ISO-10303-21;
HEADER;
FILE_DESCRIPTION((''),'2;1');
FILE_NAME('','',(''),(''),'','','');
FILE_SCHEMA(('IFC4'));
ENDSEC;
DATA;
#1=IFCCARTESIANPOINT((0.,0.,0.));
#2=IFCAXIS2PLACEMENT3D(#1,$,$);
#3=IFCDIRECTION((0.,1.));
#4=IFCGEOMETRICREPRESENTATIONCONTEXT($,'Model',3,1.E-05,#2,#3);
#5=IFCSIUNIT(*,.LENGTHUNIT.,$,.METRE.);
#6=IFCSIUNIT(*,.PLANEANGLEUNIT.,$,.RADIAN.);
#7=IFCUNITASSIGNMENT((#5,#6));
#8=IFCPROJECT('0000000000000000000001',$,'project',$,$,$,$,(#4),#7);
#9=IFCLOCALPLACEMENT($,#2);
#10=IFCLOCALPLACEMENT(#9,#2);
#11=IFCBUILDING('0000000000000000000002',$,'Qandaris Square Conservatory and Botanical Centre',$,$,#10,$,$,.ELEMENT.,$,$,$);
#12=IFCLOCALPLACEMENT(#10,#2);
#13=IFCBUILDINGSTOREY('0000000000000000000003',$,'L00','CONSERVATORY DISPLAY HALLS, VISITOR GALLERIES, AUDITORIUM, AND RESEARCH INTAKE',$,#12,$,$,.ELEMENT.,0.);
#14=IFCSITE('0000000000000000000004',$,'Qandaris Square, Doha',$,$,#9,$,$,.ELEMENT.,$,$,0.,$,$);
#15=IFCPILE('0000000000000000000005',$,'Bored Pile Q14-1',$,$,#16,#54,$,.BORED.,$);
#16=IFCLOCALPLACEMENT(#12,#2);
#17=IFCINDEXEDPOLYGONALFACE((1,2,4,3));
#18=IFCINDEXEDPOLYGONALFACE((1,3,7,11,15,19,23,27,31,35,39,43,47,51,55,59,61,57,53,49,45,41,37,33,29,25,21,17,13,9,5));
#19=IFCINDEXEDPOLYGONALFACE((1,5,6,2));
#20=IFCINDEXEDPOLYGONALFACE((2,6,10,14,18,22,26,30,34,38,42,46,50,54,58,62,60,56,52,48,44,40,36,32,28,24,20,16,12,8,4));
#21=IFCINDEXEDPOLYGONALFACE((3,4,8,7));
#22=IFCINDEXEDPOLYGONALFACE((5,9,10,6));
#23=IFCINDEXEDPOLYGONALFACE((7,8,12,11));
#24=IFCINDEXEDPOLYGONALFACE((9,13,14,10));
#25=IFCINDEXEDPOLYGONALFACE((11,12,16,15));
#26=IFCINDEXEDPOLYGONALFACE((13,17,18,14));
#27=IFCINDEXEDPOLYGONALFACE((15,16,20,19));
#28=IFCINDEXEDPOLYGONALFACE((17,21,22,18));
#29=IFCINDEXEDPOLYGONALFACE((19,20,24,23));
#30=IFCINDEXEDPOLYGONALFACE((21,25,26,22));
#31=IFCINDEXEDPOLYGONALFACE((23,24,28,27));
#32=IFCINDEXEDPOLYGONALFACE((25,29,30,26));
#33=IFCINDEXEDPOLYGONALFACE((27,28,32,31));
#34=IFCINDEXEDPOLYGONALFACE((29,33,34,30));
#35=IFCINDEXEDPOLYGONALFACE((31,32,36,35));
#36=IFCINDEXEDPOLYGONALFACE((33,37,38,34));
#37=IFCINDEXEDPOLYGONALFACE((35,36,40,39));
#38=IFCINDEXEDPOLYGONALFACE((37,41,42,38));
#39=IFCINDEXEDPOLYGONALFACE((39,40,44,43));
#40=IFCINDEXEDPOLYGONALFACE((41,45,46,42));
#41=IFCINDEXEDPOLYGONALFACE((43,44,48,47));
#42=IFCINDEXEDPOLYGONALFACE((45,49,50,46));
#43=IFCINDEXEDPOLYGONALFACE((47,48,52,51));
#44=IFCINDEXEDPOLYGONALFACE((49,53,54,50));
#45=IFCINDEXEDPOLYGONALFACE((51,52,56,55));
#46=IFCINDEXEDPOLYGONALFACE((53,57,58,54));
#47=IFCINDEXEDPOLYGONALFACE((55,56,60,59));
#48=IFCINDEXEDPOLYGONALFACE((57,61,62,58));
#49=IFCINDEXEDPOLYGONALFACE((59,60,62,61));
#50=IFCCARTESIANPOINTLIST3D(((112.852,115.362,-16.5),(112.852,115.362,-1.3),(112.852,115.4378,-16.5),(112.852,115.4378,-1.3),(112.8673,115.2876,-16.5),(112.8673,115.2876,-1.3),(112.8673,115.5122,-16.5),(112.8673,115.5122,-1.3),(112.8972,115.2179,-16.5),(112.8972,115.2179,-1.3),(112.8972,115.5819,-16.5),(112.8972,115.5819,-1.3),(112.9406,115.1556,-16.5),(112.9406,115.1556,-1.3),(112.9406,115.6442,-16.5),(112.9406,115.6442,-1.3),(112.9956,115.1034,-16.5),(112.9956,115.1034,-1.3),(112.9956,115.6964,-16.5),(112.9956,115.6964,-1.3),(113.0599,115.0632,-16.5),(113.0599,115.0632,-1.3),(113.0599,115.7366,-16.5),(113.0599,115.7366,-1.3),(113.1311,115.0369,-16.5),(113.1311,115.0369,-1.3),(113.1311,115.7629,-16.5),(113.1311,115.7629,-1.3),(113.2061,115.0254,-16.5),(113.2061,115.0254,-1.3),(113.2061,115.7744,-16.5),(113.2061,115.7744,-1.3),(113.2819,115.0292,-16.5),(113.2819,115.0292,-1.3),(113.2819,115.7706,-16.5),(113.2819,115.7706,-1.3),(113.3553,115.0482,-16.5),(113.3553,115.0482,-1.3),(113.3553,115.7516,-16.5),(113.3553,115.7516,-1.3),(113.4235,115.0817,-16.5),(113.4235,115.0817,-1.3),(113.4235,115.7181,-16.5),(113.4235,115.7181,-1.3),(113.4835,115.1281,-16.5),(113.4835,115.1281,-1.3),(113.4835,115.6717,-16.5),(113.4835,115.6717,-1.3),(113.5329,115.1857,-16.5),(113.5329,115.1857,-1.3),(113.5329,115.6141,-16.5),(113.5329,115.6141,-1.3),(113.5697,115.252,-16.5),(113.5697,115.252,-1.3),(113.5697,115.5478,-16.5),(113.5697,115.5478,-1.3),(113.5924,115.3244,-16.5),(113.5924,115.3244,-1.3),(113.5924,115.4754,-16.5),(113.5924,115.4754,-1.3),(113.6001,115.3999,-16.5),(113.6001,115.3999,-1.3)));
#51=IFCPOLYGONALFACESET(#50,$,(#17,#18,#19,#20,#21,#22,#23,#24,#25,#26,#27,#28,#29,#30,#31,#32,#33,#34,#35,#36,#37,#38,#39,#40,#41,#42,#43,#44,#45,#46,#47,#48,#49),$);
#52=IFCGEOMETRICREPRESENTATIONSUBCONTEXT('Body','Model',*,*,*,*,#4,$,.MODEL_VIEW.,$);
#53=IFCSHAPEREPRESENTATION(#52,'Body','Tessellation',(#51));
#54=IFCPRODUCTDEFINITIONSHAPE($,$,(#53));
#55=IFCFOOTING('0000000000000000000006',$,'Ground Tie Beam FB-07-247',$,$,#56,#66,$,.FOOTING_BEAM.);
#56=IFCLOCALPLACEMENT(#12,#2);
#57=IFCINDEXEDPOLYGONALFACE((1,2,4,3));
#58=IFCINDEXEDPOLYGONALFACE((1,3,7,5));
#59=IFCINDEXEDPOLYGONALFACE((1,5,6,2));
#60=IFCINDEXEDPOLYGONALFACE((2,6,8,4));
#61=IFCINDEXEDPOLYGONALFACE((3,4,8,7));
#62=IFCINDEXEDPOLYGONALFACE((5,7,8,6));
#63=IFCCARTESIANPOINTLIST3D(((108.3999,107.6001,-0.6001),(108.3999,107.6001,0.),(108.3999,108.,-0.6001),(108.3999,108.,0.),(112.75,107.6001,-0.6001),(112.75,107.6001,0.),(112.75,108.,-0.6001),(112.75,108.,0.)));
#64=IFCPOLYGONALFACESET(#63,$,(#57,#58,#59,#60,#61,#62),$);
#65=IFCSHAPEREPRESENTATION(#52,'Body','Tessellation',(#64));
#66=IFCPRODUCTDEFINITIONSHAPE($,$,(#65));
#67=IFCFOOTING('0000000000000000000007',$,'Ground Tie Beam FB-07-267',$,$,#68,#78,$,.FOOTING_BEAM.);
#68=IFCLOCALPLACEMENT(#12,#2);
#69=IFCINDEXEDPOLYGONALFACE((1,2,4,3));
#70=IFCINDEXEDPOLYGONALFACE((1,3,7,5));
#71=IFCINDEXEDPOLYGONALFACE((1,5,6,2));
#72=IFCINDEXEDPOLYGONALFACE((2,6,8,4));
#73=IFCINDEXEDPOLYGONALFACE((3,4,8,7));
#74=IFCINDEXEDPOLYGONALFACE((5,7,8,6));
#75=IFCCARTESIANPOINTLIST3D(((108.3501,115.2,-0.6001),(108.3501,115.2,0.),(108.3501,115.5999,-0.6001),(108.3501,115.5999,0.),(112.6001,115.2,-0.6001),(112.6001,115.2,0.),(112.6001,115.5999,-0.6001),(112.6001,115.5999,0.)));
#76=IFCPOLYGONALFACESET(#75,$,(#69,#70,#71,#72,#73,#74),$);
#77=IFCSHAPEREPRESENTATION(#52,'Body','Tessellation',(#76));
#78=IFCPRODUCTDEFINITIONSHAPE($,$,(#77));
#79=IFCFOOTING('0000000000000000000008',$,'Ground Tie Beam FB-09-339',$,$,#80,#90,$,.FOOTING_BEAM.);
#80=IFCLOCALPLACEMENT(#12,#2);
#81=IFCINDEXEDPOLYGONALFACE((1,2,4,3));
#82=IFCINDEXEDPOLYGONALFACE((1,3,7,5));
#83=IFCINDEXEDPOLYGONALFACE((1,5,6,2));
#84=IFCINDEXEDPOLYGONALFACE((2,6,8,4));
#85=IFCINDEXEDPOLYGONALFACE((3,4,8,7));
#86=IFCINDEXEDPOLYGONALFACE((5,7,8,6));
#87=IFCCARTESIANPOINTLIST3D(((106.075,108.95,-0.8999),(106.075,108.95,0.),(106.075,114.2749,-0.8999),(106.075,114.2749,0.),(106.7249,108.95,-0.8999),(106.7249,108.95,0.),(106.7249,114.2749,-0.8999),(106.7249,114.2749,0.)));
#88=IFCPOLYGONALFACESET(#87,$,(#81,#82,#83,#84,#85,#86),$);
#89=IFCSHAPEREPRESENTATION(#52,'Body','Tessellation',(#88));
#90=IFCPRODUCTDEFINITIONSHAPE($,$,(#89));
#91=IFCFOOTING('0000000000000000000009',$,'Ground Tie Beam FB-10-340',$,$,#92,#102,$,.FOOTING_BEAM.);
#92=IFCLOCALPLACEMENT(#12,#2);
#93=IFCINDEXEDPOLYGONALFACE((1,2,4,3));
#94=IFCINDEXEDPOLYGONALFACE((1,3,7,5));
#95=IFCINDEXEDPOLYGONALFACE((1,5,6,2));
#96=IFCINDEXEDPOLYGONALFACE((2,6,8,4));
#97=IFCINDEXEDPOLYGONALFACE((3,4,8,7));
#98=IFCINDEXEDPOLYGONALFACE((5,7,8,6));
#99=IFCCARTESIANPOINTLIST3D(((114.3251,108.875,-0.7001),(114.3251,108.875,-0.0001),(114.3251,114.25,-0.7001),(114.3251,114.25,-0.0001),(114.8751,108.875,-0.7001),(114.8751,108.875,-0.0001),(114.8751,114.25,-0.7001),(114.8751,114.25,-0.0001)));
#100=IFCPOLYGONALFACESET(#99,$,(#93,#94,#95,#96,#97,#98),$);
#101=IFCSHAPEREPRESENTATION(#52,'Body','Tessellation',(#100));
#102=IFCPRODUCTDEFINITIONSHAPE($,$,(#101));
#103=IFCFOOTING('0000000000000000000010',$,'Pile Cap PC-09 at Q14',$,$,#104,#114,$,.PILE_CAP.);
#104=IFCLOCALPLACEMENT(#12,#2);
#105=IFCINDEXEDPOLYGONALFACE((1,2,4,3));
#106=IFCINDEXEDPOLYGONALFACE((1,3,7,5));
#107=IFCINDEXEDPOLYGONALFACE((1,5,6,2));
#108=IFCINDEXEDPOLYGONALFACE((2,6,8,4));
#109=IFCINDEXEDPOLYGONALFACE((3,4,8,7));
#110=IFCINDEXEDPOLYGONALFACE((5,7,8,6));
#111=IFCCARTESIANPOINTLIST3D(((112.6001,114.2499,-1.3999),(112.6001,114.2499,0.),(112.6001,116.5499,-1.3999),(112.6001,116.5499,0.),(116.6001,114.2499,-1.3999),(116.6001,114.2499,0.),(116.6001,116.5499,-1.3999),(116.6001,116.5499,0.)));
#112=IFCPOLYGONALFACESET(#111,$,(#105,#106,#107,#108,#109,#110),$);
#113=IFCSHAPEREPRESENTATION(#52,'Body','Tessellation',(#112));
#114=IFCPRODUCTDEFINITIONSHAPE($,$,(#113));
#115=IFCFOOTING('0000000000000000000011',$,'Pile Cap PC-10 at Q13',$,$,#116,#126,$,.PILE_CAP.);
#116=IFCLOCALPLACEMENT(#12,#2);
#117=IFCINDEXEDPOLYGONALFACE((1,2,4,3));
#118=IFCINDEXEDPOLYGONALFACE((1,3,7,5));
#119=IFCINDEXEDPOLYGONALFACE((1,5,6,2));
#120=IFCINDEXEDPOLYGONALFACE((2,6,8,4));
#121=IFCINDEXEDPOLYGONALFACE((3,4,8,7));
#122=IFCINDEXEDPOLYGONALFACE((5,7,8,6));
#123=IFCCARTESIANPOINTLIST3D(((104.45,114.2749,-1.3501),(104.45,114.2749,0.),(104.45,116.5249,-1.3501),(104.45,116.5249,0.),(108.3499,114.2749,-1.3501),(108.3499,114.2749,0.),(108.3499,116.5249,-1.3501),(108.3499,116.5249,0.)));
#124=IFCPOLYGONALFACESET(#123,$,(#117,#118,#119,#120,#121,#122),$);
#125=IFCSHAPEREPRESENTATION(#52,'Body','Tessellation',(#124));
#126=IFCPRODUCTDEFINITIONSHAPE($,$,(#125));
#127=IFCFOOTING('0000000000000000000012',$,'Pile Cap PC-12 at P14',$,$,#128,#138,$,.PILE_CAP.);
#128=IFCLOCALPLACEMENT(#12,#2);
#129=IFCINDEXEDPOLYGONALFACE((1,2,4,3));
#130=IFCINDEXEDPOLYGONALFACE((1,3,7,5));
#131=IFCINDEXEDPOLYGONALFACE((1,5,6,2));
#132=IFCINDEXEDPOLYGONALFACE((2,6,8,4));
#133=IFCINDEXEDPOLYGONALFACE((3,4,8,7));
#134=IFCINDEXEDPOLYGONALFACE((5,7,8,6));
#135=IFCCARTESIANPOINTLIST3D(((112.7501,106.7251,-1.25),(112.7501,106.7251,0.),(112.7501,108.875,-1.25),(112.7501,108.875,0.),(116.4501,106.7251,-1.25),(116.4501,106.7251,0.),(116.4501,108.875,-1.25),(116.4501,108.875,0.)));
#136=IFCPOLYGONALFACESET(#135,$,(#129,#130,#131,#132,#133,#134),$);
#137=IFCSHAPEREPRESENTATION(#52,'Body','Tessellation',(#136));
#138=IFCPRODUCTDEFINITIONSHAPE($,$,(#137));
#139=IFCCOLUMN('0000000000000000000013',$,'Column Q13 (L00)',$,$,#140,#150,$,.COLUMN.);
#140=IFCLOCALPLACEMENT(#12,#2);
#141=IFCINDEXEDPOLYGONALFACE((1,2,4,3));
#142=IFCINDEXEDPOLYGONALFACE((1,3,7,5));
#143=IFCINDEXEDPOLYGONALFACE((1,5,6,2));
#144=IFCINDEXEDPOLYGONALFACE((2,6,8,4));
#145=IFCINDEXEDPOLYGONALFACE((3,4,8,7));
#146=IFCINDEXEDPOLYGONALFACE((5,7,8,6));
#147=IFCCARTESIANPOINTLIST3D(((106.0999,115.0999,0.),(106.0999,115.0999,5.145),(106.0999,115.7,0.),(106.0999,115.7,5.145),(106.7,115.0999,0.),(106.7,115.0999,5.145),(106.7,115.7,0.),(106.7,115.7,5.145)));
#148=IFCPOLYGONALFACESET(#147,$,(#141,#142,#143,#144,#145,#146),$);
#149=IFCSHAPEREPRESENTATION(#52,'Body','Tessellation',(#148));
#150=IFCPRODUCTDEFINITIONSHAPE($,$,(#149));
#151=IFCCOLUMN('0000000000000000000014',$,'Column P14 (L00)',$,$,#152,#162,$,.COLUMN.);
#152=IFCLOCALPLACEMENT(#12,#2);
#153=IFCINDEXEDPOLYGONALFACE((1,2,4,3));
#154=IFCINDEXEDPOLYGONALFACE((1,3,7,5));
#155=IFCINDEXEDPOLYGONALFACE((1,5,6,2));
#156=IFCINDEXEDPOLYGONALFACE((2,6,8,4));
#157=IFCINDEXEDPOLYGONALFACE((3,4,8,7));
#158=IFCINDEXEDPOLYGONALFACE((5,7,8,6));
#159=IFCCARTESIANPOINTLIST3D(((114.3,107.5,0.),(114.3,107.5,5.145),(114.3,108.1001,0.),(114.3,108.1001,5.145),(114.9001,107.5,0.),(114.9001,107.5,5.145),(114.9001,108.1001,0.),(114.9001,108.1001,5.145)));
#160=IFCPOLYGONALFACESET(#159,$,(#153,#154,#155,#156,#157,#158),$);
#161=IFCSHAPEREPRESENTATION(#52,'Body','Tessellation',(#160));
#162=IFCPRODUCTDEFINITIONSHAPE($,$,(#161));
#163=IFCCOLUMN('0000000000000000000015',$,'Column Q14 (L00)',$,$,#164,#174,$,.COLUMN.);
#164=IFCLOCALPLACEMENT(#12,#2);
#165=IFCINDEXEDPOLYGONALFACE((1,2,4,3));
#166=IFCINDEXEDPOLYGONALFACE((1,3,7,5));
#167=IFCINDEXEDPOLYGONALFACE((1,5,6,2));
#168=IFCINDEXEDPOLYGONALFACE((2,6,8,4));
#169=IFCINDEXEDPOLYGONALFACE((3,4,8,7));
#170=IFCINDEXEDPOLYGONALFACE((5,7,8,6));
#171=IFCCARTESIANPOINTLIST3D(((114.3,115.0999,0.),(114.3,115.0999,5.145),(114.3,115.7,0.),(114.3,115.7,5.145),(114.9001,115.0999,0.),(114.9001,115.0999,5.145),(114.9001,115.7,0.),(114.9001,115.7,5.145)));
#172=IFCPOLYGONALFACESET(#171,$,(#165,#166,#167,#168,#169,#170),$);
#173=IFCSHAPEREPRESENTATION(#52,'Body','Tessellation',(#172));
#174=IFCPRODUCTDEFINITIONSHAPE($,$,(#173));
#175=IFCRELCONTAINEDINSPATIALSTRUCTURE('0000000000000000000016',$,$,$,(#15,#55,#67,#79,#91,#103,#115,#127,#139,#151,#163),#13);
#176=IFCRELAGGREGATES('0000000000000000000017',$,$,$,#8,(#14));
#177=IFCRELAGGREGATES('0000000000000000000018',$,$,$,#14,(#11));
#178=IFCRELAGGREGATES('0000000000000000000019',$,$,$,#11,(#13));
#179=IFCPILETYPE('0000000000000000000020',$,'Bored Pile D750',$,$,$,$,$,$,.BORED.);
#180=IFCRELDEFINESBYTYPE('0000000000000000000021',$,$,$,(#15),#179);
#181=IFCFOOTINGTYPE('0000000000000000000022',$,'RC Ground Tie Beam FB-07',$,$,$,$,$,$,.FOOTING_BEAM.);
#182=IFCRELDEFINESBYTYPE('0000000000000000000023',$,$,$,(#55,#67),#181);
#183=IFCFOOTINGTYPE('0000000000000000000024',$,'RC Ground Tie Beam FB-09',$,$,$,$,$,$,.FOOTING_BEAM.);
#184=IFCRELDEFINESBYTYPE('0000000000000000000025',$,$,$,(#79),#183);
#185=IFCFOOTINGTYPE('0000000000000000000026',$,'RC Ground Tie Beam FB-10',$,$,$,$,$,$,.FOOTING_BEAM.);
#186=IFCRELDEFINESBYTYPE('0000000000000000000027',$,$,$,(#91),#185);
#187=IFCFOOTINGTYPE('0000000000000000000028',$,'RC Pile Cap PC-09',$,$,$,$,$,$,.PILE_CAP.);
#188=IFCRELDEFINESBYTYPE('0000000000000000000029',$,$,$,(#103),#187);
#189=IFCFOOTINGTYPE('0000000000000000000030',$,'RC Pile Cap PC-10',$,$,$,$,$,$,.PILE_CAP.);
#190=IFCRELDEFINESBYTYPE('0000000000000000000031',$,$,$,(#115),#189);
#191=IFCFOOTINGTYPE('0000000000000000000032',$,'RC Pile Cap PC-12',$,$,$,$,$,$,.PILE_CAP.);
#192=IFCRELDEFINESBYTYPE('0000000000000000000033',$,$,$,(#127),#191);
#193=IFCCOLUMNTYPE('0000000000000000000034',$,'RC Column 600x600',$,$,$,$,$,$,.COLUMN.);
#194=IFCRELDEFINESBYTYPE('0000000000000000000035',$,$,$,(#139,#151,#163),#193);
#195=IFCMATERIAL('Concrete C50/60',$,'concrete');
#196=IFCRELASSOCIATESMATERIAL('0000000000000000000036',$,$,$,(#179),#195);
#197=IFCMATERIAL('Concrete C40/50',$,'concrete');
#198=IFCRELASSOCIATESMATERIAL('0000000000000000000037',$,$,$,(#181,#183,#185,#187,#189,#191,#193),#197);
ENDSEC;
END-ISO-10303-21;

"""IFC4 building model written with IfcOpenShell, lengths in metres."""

from ifc_helpers import new_model, si_unit, direction, frame, origin, origin_2d, place, context, subcontext, project, spatial, rectangle, circle, extrude, material, material_profile, profile_set, type_object, element, save


model = new_model("IFC4")

# Units and contexts
model_context = context("Model", 3, precision=1e-05, world=origin(), true_north=direction((0.0, 1.0)))
body_context = subcontext(model_context, "Body", "Model", "MODEL_VIEW")
ifc_project = project(units=[si_unit("LENGTHUNIT", "METRE"), si_unit("PLANEANGLEUNIT", "RADIAN")], contexts=[model_context])

# Site, building, storey
site_placement = place(None, origin())
site = spatial("IfcSite", under=ifc_project, at=site_placement, Name="Qandaris Square, Doha", CompositionType="ELEMENT", RefElevation=0.0)
building_placement = place(site_placement, origin())
building = spatial("IfcBuilding", under=site, at=building_placement, Name="Qandaris Square Conservatory and Botanical Centre", CompositionType="ELEMENT")
storey_placement = place(building_placement, origin())
storey = spatial("IfcBuildingStorey", under=building, at=storey_placement, Name="L00", Description="CONSERVATORY DISPLAY HALLS, VISITOR GALLERIES, AUDITORIUM, AND RESEARCH INTAKE", CompositionType="ELEMENT", Elevation=0.0)

# Pile
ifc_material_1 = material(Name="Concrete C50/60", Category="concrete")
ifc_material_profile_1 = material_profile(ifc_material_1, circle(Radius=0.375, at=origin_2d()), Name="PILE D750")
ifc_profile_set_1 = profile_set([ifc_material_profile_1], Name="Concrete C50/60")
pile_type = type_object("IfcPileType", Name="Bored Pile D750", PredefinedType="BORED", material=ifc_profile_set_1)
pile_1_placement = place(storey_placement, frame((113.2251, 115.3999, -1.3), z_axis=(0.0, 0.0, -1.0), x_axis=(1.0, 0.0, 0.0)))
element("IfcPile", 1, at=pile_1_placement, inside=storey, type_object=pile_type, Name="Bored Pile Q14-1", PredefinedType="BORED", context=body_context, shape_type="SweptSolid", body=[
    extrude(circle(Radius=0.375, at=origin_2d()), origin(), (0.0, 0.0, 1.0), 15.2),
])

# Footings
ifc_material_2 = material(Name="Concrete C40/50", Category="concrete")
ifc_material_profile_2 = material_profile(ifc_material_2, rectangle(XDim=0.3999, YDim=0.6001, at=origin_2d()), Name="FB 400x600")
ifc_profile_set_2 = profile_set([ifc_material_profile_2], Name="Concrete C40/50")
footing_type_1 = type_object("IfcFootingType", Name="RC Ground Tie Beam FB-07", PredefinedType="FOOTING_BEAM", material=ifc_profile_set_2)
footing_1_placement = place(storey_placement, frame((108.3999, 107.8, -0.3), z_axis=(1.0, 0.0, 0.0), x_axis=(0.0, 1.0, 0.0)))
element("IfcFooting", 2, at=footing_1_placement, inside=storey, type_object=footing_type_1, Name="Ground Tie Beam FB-07-247", PredefinedType="FOOTING_BEAM", context=body_context, shape_type="SweptSolid", body=[
    extrude(rectangle(XDim=0.3999, YDim=0.6001, at=origin_2d()), origin(), (0.0, 0.0, 1.0), 4.3501),
])
footing_2_placement = place(storey_placement, frame((108.3501, 115.3999, -0.3), z_axis=(1.0, 0.0, 0.0), x_axis=(0.0, 1.0, 0.0)))
element("IfcFooting", 3, at=footing_2_placement, inside=storey, type_object=footing_type_1, Name="Ground Tie Beam FB-07-267", PredefinedType="FOOTING_BEAM", context=body_context, shape_type="SweptSolid", body=[
    extrude(rectangle(XDim=0.3999, YDim=0.6001, at=origin_2d()), origin(), (0.0, 0.0, 1.0), 4.25),
])
ifc_material_profile_3 = material_profile(ifc_material_2, rectangle(XDim=0.6499, YDim=0.8999, at=origin_2d()), Name="FB 650x900")
ifc_profile_set_3 = profile_set([ifc_material_profile_3], Name="Concrete C40/50")
footing_type_2 = type_object("IfcFootingType", Name="RC Ground Tie Beam FB-09", PredefinedType="FOOTING_BEAM", material=ifc_profile_set_3)
footing_3_placement = place(storey_placement, frame((106.3999, 108.95, -0.45), z_axis=(0.0, 1.0, 0.0), x_axis=(-1.0, 0.0, 0.0)))
element("IfcFooting", 4, at=footing_3_placement, inside=storey, type_object=footing_type_2, Name="Ground Tie Beam FB-09-339", PredefinedType="FOOTING_BEAM", context=body_context, shape_type="SweptSolid", body=[
    extrude(rectangle(XDim=0.6499, YDim=0.8999, at=origin_2d()), origin(), (0.0, 0.0, 1.0), 5.325),
])
ifc_material_profile_4 = material_profile(ifc_material_2, rectangle(XDim=0.55, YDim=0.7, at=origin_2d()), Name="FB 550x700")
ifc_profile_set_4 = profile_set([ifc_material_profile_4], Name="Concrete C40/50")
footing_type_3 = type_object("IfcFootingType", Name="RC Ground Tie Beam FB-10", PredefinedType="FOOTING_BEAM", material=ifc_profile_set_4)
footing_4_placement = place(storey_placement, frame((114.6001, 108.875, -0.3501), z_axis=(0.0, 1.0, 0.0), x_axis=(-1.0, 0.0, 0.0)))
element("IfcFooting", 5, at=footing_4_placement, inside=storey, type_object=footing_type_3, Name="Ground Tie Beam FB-10-340", PredefinedType="FOOTING_BEAM", context=body_context, shape_type="SweptSolid", body=[
    extrude(rectangle(XDim=0.55, YDim=0.7, at=origin_2d()), origin(), (0.0, 0.0, 1.0), 5.375),
])
footing_type_4 = type_object("IfcFootingType", Name="RC Pile Cap PC-09", PredefinedType="PILE_CAP", material=ifc_material_2)
footing_5_placement = place(storey_placement, frame((114.6001, 115.3999, -1.3999), z_axis=(0.0, 0.0, 1.0), x_axis=(1.0, 0.0, 0.0)))
element("IfcFooting", 6, at=footing_5_placement, inside=storey, type_object=footing_type_4, Name="Pile Cap PC-09 at Q14", PredefinedType="PILE_CAP", context=body_context, shape_type="SweptSolid", body=[
    extrude(rectangle(XDim=4.0, YDim=2.3, at=origin_2d()), origin(), (0.0, 0.0, 1.0), 1.3999),
])
footing_type_5 = type_object("IfcFootingType", Name="RC Pile Cap PC-10", PredefinedType="PILE_CAP", material=ifc_material_2)
footing_6_placement = place(storey_placement, frame((106.3999, 115.3999, -1.3501), z_axis=(0.0, 0.0, 1.0), x_axis=(1.0, 0.0, 0.0)))
element("IfcFooting", 7, at=footing_6_placement, inside=storey, type_object=footing_type_5, Name="Pile Cap PC-10 at Q13", PredefinedType="PILE_CAP", context=body_context, shape_type="SweptSolid", body=[
    extrude(rectangle(XDim=3.8999, YDim=2.25, at=origin_2d()), origin(), (0.0, 0.0, 1.0), 1.3501),
])
footing_type_6 = type_object("IfcFootingType", Name="RC Pile Cap PC-12", PredefinedType="PILE_CAP", material=ifc_material_2)
footing_7_placement = place(storey_placement, frame((114.6001, 107.8, -1.25), z_axis=(0.0, 0.0, 1.0), x_axis=(1.0, 0.0, 0.0)))
element("IfcFooting", 8, at=footing_7_placement, inside=storey, type_object=footing_type_6, Name="Pile Cap PC-12 at P14", PredefinedType="PILE_CAP", context=body_context, shape_type="SweptSolid", body=[
    extrude(rectangle(XDim=3.7, YDim=2.1499, at=origin_2d()), origin(), (0.0, 0.0, 1.0), 1.25),
])

# Columns
ifc_material_profile_5 = material_profile(ifc_material_2, rectangle(XDim=0.6001, YDim=0.6001, at=origin_2d()), Name="RC-COL 600x600")
ifc_profile_set_5 = profile_set([ifc_material_profile_5], Name="Concrete C40/50")
column_type = type_object("IfcColumnType", Name="RC Column 600x600", PredefinedType="COLUMN", material=ifc_profile_set_5)
for number, where, z_axis, x_axis, name in (
    (9, (106.3999, 115.3999, 0.0), (0.0, 0.0, 1.0), (1.0, 0.0, 0.0), "Column Q13 (L00)"),
    (10, (114.6001, 107.8, 0.0), (0.0, 0.0, 1.0), (1.0, 0.0, 0.0), "Column P14 (L00)"),
    (11, (114.6001, 115.3999, 0.0), (0.0, 0.0, 1.0), (1.0, 0.0, 0.0), "Column Q14 (L00)"),
):
    element("IfcColumn", number, at=place(storey_placement, frame(where, z_axis=z_axis, x_axis=x_axis)), inside=storey, type_object=column_type, Name=name, PredefinedType="COLUMN", context=body_context, shape_type="SweptSolid", body=[
        extrude(rectangle(XDim=0.6001, YDim=0.6001, at=origin_2d()), origin(), (0.0, 0.0, 1.0), 5.145),
    ])

save(model, "model.ifc")
